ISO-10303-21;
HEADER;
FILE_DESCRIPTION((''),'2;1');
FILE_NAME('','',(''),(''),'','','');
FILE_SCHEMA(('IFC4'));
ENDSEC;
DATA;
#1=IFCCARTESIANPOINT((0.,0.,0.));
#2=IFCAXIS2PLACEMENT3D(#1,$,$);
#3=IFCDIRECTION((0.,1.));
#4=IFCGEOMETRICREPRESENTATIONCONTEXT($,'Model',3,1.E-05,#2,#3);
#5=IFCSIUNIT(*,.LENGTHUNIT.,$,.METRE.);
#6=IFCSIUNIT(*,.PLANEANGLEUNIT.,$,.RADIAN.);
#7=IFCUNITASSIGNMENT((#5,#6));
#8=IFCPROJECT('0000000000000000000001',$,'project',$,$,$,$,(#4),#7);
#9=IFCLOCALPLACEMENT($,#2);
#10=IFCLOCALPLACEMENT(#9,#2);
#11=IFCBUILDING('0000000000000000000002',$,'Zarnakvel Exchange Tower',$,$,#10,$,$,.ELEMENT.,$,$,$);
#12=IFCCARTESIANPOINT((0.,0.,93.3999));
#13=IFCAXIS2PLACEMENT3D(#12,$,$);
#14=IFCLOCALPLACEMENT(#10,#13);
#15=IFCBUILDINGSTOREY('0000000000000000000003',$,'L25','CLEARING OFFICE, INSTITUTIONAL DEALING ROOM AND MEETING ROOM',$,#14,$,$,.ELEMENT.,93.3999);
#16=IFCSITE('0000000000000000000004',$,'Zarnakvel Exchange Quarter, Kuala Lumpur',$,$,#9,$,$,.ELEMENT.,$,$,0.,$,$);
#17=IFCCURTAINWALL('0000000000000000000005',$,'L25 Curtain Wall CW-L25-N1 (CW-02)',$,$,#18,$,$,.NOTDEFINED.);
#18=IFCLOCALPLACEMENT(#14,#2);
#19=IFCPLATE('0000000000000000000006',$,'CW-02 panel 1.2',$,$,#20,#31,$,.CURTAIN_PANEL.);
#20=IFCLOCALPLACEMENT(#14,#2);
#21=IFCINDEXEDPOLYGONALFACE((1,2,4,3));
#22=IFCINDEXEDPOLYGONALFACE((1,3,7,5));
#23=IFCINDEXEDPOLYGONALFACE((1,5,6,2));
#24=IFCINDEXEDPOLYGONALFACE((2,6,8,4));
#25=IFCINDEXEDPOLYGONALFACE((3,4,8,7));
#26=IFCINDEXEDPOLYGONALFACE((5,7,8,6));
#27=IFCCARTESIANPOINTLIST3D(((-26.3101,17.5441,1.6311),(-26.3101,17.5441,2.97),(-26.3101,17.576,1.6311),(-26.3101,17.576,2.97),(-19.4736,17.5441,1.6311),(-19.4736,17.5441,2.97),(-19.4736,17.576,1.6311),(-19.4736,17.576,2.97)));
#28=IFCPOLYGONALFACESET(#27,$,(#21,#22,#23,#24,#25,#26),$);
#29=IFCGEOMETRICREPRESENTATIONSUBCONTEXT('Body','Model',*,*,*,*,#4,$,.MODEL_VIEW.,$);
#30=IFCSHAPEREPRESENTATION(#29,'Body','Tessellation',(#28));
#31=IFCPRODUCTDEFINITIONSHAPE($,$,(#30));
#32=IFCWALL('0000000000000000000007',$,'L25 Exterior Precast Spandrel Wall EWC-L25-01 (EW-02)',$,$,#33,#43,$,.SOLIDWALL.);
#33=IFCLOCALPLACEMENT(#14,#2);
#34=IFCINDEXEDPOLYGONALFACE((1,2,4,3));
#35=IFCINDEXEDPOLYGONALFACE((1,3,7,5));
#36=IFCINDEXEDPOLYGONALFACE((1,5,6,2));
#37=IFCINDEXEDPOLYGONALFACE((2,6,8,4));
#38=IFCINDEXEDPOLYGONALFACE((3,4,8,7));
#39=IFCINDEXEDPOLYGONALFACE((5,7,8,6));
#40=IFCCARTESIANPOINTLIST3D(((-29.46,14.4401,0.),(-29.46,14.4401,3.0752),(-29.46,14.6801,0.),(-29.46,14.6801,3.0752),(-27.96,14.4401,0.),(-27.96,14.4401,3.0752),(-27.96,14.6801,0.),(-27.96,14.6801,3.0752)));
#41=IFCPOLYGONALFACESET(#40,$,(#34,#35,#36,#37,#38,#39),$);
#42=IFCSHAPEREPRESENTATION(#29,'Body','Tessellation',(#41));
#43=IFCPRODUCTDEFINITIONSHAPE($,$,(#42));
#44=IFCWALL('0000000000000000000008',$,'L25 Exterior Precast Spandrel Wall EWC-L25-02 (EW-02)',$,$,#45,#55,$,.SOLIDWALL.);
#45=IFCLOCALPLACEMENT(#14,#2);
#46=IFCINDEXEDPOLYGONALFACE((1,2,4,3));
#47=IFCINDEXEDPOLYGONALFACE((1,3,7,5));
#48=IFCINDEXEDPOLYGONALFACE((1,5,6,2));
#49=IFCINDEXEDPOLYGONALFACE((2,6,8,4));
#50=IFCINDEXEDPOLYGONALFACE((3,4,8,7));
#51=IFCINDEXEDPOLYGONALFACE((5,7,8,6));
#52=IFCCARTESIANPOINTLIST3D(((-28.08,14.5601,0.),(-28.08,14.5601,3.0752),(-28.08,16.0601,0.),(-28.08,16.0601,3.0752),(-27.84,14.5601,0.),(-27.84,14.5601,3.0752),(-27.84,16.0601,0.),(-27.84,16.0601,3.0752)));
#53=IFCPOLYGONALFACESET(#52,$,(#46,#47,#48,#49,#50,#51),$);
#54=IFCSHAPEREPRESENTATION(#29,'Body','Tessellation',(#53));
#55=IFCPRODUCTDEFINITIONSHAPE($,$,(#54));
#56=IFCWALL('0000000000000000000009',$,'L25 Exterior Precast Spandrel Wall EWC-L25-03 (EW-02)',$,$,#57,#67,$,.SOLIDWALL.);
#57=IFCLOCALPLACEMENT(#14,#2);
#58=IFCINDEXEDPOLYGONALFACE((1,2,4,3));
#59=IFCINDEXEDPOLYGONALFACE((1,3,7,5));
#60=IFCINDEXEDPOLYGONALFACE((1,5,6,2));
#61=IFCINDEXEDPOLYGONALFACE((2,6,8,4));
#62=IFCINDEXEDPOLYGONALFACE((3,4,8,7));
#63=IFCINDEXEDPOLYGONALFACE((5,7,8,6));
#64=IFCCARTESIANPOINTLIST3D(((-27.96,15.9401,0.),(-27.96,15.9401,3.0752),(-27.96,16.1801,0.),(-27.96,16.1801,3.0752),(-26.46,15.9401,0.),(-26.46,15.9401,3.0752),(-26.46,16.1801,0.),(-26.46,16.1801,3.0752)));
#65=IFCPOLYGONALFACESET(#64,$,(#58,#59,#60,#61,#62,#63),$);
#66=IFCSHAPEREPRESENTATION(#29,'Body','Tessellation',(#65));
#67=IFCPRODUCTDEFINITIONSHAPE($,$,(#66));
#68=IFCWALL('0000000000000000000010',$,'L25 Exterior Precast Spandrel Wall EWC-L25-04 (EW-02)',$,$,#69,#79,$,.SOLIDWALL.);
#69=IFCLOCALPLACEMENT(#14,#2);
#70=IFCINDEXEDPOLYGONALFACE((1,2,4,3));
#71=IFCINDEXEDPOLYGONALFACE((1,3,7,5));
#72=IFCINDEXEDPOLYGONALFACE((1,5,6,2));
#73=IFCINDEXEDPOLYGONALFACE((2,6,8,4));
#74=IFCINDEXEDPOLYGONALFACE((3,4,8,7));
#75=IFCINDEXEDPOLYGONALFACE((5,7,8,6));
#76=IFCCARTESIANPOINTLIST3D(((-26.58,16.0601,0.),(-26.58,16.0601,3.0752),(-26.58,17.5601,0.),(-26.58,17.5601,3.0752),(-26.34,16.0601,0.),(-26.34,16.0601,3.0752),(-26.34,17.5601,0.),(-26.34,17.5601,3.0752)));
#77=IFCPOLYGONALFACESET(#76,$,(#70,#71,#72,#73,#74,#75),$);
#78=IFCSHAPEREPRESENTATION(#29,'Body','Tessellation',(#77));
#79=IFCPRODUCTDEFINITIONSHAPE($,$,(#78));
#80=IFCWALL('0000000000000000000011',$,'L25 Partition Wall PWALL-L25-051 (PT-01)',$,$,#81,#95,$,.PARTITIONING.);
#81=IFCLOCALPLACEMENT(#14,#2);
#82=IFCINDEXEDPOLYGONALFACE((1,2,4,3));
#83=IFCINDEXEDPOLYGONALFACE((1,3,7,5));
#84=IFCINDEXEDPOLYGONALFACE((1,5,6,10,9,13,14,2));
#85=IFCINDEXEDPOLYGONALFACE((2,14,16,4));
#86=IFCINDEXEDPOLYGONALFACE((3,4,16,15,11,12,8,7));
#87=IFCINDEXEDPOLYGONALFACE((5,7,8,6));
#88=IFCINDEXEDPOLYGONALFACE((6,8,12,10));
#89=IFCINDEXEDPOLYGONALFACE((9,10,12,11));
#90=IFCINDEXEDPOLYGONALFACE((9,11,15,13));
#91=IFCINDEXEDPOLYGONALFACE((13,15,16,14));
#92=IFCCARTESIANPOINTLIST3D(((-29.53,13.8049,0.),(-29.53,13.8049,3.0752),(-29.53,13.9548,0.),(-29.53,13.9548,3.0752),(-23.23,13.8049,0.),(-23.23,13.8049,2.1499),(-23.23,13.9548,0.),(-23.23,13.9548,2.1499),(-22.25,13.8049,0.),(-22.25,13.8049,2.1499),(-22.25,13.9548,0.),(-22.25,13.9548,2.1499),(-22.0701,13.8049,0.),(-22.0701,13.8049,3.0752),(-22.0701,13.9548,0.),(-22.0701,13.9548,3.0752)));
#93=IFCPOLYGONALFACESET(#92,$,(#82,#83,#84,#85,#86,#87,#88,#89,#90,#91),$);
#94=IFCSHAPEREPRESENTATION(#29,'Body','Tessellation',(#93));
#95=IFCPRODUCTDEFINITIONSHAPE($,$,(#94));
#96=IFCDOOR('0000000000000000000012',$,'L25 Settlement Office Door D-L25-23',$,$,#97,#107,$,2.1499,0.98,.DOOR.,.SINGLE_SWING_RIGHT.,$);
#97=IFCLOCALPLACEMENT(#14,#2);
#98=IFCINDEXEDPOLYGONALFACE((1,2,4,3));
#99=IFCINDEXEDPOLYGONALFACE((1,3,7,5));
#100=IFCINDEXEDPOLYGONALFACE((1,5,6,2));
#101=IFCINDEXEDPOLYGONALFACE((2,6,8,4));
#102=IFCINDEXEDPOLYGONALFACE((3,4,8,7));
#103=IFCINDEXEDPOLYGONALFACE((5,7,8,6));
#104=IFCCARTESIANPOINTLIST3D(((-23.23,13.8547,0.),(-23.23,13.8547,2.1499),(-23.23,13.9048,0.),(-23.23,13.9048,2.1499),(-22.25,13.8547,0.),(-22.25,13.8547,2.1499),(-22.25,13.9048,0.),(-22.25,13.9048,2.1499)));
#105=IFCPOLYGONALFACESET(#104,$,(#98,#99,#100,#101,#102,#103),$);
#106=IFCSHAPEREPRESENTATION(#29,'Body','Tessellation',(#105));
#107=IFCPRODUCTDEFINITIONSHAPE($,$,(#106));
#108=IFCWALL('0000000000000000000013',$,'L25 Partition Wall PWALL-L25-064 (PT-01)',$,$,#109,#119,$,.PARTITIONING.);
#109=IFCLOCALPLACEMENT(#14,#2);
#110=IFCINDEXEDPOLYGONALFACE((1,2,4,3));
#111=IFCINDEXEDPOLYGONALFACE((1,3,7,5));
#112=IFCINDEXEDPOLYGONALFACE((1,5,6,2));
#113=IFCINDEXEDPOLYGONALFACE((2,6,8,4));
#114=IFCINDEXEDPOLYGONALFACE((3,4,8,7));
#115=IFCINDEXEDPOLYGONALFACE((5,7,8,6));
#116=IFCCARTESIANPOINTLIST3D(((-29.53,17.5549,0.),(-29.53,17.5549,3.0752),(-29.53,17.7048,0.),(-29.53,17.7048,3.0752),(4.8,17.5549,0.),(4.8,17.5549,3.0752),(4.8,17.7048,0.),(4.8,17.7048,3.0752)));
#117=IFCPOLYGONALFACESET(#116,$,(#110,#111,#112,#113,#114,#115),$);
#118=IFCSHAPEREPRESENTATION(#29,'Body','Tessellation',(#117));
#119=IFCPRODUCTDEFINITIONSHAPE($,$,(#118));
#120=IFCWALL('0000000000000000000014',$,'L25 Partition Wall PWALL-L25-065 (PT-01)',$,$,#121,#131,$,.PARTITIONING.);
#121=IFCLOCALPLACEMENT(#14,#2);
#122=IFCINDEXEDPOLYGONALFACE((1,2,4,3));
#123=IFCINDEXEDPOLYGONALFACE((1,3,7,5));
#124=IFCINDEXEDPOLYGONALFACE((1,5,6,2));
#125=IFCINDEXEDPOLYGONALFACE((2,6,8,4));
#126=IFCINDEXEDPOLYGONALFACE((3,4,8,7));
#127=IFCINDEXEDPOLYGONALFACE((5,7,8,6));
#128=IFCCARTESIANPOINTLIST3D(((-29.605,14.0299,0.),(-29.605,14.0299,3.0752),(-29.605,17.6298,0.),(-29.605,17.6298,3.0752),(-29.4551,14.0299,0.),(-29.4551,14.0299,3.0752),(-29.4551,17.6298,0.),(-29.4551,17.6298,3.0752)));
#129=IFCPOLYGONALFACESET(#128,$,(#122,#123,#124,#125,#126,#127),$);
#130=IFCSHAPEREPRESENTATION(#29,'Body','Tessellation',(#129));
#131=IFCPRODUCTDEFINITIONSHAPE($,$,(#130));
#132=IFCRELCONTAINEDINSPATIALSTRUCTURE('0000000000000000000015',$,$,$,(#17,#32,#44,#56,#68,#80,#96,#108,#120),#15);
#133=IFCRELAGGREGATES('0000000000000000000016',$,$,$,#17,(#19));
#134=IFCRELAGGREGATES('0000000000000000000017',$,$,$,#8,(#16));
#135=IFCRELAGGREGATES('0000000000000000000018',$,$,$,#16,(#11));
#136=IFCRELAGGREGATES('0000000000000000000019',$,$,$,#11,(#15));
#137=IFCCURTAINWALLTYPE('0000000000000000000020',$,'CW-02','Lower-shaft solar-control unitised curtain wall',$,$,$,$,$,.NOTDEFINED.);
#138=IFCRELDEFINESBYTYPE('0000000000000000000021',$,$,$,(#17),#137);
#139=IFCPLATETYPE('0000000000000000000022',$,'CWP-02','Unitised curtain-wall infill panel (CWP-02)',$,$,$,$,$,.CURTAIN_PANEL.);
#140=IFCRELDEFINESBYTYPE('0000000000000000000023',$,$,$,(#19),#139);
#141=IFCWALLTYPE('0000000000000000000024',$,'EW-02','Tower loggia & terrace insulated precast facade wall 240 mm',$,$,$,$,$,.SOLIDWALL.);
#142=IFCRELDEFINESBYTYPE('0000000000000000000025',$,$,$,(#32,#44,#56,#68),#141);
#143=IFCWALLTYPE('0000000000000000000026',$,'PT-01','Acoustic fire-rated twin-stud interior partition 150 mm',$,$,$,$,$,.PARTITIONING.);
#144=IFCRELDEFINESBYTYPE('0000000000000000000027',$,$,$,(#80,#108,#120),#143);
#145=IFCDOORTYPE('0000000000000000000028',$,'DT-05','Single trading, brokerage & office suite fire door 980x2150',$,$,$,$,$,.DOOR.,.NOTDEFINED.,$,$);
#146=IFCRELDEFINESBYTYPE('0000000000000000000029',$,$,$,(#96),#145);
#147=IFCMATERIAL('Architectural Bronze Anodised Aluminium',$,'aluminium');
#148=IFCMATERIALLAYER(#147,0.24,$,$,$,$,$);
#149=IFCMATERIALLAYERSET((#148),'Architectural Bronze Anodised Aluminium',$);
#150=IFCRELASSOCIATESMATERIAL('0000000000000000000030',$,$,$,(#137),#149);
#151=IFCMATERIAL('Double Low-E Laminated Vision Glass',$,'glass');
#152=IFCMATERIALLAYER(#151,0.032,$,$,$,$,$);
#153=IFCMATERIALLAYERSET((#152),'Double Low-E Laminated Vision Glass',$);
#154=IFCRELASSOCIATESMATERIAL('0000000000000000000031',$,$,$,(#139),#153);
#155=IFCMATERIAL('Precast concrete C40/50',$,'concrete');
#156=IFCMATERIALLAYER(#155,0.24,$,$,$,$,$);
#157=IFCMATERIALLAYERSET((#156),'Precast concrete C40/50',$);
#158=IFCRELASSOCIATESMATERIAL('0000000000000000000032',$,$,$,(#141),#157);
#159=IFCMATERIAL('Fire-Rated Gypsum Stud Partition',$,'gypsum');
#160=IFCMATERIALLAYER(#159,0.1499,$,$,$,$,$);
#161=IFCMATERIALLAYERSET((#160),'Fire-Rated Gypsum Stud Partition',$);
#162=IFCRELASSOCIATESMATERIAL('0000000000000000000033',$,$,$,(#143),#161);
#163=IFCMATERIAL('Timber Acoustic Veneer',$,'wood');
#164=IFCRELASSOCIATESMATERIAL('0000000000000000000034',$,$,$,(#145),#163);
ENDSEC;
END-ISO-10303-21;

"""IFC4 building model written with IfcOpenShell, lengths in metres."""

from ifc_helpers import new_model, si_unit, direction, frame, frame_2d, origin, origin_2d, place, context, subcontext, project, spatial, rectangle, extrude, source, transform, mapped, material, layer, layer_set, type_object, element, fill, aggregate, save


model = new_model("IFC4")

# Units and contexts
model_context = context("Model", 3, precision=1e-05, world=origin(), true_north=direction((0.0, 1.0)))
body_context = subcontext(model_context, "Body", "Model", "MODEL_VIEW")
ifc_project = project(units=[si_unit("LENGTHUNIT", "METRE"), si_unit("PLANEANGLEUNIT", "RADIAN")], contexts=[model_context])

# Site, building, storey
site_placement = place(None, origin())
site = spatial("IfcSite", under=ifc_project, at=site_placement, Name="Zarnakvel Exchange Quarter, Kuala Lumpur", CompositionType="ELEMENT", RefElevation=0.0)
building_placement = place(site_placement, origin())
building = spatial("IfcBuilding", under=site, at=building_placement, Name="Zarnakvel Exchange Tower", CompositionType="ELEMENT")
storey_placement = place(building_placement, frame((0.0, 0.0, 93.3999)))
storey = spatial("IfcBuildingStorey", under=building, at=storey_placement, Name="L25", Description="CLEARING OFFICE, INSTITUTIONAL DEALING ROOM AND MEETING ROOM", CompositionType="ELEMENT", Elevation=93.3999)

# Curtain wall
ifc_material_1 = material(Name="Architectural Bronze Anodised Aluminium", Category="aluminium")
ifc_layer_1 = layer(ifc_material_1, 0.24)
ifc_layer_set_1 = layer_set([ifc_layer_1], Name="Architectural Bronze Anodised Aluminium")
curtain_wall_type_1 = type_object("IfcCurtainWallType", Name="CW-02", Description="Lower-shaft solar-control unitised curtain wall", PredefinedType="NOTDEFINED", material=ifc_layer_set_1)
curtain_wall_1_placement = place(storey_placement, origin())
curtain_wall_1 = element("IfcCurtainWall", 1, at=curtain_wall_1_placement, inside=storey, type_object=curtain_wall_type_1, Name="L25 Curtain Wall CW-L25-N1 (CW-02)", PredefinedType="NOTDEFINED")

# Plate
ifc_material_2 = material(Name="Double Low-E Laminated Vision Glass", Category="glass")
ifc_layer_2 = layer(ifc_material_2, 0.032)
ifc_layer_set_2 = layer_set([ifc_layer_2], Name="Double Low-E Laminated Vision Glass")
plate_type_1 = type_object("IfcPlateType", Name="CWP-02", Description="Unitised curtain-wall infill panel (CWP-02)", PredefinedType="CURTAIN_PANEL", material=ifc_layer_set_2)
shared_shape_1 = source(origin(), body_context, "Body", "SweptSolid", [
    extrude(rectangle(XDim=6.8364, YDim=0.032, at=origin_2d()), origin(), (0.0, 0.0, 1.0), 1.3389),
])
plate_1_placement = place(storey_placement, frame((-22.8918, 17.5601, 1.6311), z_axis=(0.0, 0.0, 1.0), x_axis=(1.0, 0.0, 0.0)))
plate_1 = element("IfcPlate", 2, at=plate_1_placement, type_object=plate_type_1, Name="CW-02 panel 1.2", PredefinedType="CURTAIN_PANEL", context=body_context, shape_type="MappedRepresentation", body=[
    mapped(shared_shape_1, transform((0.0, 0.0, 0.0), x_axis=(1.0, 0.0, 0.0), y_axis=(0.0, 1.0, 0.0), z_axis=(0.0, 0.0, 1.0), scale=1.0)),
])
aggregate(curtain_wall_1, [plate_1])

# Walls
ifc_material_3 = material(Name="Precast concrete C40/50", Category="concrete")
ifc_layer_3 = layer(ifc_material_3, 0.24)
ifc_layer_set_3 = layer_set([ifc_layer_3], Name="Precast concrete C40/50")
wall_type_1 = type_object("IfcWallType", Name="EW-02", Description="Tower loggia & terrace insulated precast facade wall 240 mm", PredefinedType="SOLIDWALL", material=ifc_layer_set_3)
for number, where, z_axis, x_axis, name in (
    (3, (-27.96, 14.5601, 0.0), (0.0, 0.0, 1.0), (-1.0, 0.0, 0.0), "L25 Exterior Precast Spandrel Wall EWC-L25-01 (EW-02)"),
    (4, (-27.96, 16.0601, 0.0), (0.0, 0.0, 1.0), (0.0, -1.0, 0.0), "L25 Exterior Precast Spandrel Wall EWC-L25-02 (EW-02)"),
    (5, (-26.46, 16.0601, 0.0), (0.0, 0.0, 1.0), (-1.0, 0.0, 0.0), "L25 Exterior Precast Spandrel Wall EWC-L25-03 (EW-02)"),
    (6, (-26.46, 17.5601, 0.0), (0.0, 0.0, 1.0), (0.0, -1.0, 0.0), "L25 Exterior Precast Spandrel Wall EWC-L25-04 (EW-02)"),
):
    element("IfcWall", number, at=place(storey_placement, frame(where, z_axis=z_axis, x_axis=x_axis)), inside=storey, type_object=wall_type_1, Name=name, PredefinedType="SOLIDWALL", context=body_context, shape_type="SweptSolid", body=[
        extrude(rectangle(XDim=1.5, YDim=0.24, at=frame_2d((0.75, 0.0))), origin(), (0.0, 0.0, 1.0), 3.0752),
    ])

# Wall, opening, door
ifc_material_4 = material(Name="Fire-Rated Gypsum Stud Partition", Category="gypsum")
ifc_layer_4 = layer(ifc_material_4, 0.1499)
ifc_layer_set_4 = layer_set([ifc_layer_4], Name="Fire-Rated Gypsum Stud Partition")
wall_type_2 = type_object("IfcWallType", Name="PT-01", Description="Acoustic fire-rated twin-stud interior partition 150 mm", PredefinedType="PARTITIONING", material=ifc_layer_set_4)
wall_1_placement = place(storey_placement, frame((-29.53, 13.8799, 0.0), z_axis=(0.0, 0.0, 1.0), x_axis=(1.0, 0.0, 0.0)))
wall_1 = element("IfcWall", 7, at=wall_1_placement, inside=storey, type_object=wall_type_2, Name="L25 Partition Wall PWALL-L25-051 (PT-01)", PredefinedType="PARTITIONING", context=body_context, shape_type="SweptSolid", body=[
    extrude(rectangle(XDim=7.46, YDim=0.1499, at=frame_2d((3.73, 0.0))), origin(), (0.0, 0.0, 1.0), 3.0752),
])
opening_placement = place(wall_1_placement, frame((6.3, 0.0, 0.0)))
opening = element("IfcOpeningElement", 8, at=opening_placement, cuts=wall_1, PredefinedType="OPENING", context=body_context, shape_type="SweptSolid", body=[
    extrude(rectangle(XDim=0.98, YDim=2.1499, at=frame_2d((0.49, 1.075))), frame((0.0, 0.085, 0.0), z_axis=(0.0, -1.0, 0.0), x_axis=(1.0, 0.0, 0.0)), (0.0, 0.0, 1.0), 0.1699),
])
ifc_material_5 = material(Name="Timber Acoustic Veneer", Category="wood")
door_type = type_object("IfcDoorType", Name="DT-05", Description="Single trading, brokerage & office suite fire door 980x2150", OperationType="NOTDEFINED", PredefinedType="DOOR", material=ifc_material_5)
shared_shape_2 = source(origin(), body_context, "Body", "SweptSolid", [
    extrude(rectangle(XDim=0.98, YDim=2.1499, at=frame_2d((0.49, 1.075))), frame((0.0, 0.0249, 0.0), z_axis=(0.0, -1.0, 0.0), x_axis=(1.0, 0.0, 0.0)), (0.0, 0.0, 1.0), 0.05),
])
door_placement = place(opening_placement, origin())
door = element("IfcDoor", 9, at=door_placement, inside=storey, type_object=door_type, Name="L25 Settlement Office Door D-L25-23", OperationType="SINGLE_SWING_RIGHT", OverallHeight=2.1499, OverallWidth=0.98, PredefinedType="DOOR", context=body_context, shape_type="MappedRepresentation", body=[
    mapped(shared_shape_2, transform((0.0, 0.0, 0.0), x_axis=(1.0, 0.0, 0.0), y_axis=(0.0, 1.0, 0.0), z_axis=(0.0, 0.0, 1.0), scale=1.0)),
])
fill(opening, door)

# Walls
wall_2_placement = place(storey_placement, frame((-29.53, 17.6299, 0.0), z_axis=(0.0, 0.0, 1.0), x_axis=(1.0, 0.0, 0.0)))
element("IfcWall", 10, at=wall_2_placement, inside=storey, type_object=wall_type_2, Name="L25 Partition Wall PWALL-L25-064 (PT-01)", PredefinedType="PARTITIONING", context=body_context, shape_type="SweptSolid", body=[
    extrude(rectangle(XDim=34.3301, YDim=0.1499, at=frame_2d((17.165, 0.0))), origin(), (0.0, 0.0, 1.0), 3.0752),
])
wall_3_placement = place(storey_placement, frame((-29.53, 14.03, 0.0), z_axis=(0.0, 0.0, 1.0), x_axis=(0.0, 1.0, 0.0)))
element("IfcWall", 11, at=wall_3_placement, inside=storey, type_object=wall_type_2, Name="L25 Partition Wall PWALL-L25-065 (PT-01)", PredefinedType="PARTITIONING", context=body_context, shape_type="SweptSolid", body=[
    extrude(rectangle(XDim=3.5999, YDim=0.1499, at=frame_2d((1.7998, 0.0))), origin(), (0.0, 0.0, 1.0), 3.0752),
])

save(model, "model.ifc")
